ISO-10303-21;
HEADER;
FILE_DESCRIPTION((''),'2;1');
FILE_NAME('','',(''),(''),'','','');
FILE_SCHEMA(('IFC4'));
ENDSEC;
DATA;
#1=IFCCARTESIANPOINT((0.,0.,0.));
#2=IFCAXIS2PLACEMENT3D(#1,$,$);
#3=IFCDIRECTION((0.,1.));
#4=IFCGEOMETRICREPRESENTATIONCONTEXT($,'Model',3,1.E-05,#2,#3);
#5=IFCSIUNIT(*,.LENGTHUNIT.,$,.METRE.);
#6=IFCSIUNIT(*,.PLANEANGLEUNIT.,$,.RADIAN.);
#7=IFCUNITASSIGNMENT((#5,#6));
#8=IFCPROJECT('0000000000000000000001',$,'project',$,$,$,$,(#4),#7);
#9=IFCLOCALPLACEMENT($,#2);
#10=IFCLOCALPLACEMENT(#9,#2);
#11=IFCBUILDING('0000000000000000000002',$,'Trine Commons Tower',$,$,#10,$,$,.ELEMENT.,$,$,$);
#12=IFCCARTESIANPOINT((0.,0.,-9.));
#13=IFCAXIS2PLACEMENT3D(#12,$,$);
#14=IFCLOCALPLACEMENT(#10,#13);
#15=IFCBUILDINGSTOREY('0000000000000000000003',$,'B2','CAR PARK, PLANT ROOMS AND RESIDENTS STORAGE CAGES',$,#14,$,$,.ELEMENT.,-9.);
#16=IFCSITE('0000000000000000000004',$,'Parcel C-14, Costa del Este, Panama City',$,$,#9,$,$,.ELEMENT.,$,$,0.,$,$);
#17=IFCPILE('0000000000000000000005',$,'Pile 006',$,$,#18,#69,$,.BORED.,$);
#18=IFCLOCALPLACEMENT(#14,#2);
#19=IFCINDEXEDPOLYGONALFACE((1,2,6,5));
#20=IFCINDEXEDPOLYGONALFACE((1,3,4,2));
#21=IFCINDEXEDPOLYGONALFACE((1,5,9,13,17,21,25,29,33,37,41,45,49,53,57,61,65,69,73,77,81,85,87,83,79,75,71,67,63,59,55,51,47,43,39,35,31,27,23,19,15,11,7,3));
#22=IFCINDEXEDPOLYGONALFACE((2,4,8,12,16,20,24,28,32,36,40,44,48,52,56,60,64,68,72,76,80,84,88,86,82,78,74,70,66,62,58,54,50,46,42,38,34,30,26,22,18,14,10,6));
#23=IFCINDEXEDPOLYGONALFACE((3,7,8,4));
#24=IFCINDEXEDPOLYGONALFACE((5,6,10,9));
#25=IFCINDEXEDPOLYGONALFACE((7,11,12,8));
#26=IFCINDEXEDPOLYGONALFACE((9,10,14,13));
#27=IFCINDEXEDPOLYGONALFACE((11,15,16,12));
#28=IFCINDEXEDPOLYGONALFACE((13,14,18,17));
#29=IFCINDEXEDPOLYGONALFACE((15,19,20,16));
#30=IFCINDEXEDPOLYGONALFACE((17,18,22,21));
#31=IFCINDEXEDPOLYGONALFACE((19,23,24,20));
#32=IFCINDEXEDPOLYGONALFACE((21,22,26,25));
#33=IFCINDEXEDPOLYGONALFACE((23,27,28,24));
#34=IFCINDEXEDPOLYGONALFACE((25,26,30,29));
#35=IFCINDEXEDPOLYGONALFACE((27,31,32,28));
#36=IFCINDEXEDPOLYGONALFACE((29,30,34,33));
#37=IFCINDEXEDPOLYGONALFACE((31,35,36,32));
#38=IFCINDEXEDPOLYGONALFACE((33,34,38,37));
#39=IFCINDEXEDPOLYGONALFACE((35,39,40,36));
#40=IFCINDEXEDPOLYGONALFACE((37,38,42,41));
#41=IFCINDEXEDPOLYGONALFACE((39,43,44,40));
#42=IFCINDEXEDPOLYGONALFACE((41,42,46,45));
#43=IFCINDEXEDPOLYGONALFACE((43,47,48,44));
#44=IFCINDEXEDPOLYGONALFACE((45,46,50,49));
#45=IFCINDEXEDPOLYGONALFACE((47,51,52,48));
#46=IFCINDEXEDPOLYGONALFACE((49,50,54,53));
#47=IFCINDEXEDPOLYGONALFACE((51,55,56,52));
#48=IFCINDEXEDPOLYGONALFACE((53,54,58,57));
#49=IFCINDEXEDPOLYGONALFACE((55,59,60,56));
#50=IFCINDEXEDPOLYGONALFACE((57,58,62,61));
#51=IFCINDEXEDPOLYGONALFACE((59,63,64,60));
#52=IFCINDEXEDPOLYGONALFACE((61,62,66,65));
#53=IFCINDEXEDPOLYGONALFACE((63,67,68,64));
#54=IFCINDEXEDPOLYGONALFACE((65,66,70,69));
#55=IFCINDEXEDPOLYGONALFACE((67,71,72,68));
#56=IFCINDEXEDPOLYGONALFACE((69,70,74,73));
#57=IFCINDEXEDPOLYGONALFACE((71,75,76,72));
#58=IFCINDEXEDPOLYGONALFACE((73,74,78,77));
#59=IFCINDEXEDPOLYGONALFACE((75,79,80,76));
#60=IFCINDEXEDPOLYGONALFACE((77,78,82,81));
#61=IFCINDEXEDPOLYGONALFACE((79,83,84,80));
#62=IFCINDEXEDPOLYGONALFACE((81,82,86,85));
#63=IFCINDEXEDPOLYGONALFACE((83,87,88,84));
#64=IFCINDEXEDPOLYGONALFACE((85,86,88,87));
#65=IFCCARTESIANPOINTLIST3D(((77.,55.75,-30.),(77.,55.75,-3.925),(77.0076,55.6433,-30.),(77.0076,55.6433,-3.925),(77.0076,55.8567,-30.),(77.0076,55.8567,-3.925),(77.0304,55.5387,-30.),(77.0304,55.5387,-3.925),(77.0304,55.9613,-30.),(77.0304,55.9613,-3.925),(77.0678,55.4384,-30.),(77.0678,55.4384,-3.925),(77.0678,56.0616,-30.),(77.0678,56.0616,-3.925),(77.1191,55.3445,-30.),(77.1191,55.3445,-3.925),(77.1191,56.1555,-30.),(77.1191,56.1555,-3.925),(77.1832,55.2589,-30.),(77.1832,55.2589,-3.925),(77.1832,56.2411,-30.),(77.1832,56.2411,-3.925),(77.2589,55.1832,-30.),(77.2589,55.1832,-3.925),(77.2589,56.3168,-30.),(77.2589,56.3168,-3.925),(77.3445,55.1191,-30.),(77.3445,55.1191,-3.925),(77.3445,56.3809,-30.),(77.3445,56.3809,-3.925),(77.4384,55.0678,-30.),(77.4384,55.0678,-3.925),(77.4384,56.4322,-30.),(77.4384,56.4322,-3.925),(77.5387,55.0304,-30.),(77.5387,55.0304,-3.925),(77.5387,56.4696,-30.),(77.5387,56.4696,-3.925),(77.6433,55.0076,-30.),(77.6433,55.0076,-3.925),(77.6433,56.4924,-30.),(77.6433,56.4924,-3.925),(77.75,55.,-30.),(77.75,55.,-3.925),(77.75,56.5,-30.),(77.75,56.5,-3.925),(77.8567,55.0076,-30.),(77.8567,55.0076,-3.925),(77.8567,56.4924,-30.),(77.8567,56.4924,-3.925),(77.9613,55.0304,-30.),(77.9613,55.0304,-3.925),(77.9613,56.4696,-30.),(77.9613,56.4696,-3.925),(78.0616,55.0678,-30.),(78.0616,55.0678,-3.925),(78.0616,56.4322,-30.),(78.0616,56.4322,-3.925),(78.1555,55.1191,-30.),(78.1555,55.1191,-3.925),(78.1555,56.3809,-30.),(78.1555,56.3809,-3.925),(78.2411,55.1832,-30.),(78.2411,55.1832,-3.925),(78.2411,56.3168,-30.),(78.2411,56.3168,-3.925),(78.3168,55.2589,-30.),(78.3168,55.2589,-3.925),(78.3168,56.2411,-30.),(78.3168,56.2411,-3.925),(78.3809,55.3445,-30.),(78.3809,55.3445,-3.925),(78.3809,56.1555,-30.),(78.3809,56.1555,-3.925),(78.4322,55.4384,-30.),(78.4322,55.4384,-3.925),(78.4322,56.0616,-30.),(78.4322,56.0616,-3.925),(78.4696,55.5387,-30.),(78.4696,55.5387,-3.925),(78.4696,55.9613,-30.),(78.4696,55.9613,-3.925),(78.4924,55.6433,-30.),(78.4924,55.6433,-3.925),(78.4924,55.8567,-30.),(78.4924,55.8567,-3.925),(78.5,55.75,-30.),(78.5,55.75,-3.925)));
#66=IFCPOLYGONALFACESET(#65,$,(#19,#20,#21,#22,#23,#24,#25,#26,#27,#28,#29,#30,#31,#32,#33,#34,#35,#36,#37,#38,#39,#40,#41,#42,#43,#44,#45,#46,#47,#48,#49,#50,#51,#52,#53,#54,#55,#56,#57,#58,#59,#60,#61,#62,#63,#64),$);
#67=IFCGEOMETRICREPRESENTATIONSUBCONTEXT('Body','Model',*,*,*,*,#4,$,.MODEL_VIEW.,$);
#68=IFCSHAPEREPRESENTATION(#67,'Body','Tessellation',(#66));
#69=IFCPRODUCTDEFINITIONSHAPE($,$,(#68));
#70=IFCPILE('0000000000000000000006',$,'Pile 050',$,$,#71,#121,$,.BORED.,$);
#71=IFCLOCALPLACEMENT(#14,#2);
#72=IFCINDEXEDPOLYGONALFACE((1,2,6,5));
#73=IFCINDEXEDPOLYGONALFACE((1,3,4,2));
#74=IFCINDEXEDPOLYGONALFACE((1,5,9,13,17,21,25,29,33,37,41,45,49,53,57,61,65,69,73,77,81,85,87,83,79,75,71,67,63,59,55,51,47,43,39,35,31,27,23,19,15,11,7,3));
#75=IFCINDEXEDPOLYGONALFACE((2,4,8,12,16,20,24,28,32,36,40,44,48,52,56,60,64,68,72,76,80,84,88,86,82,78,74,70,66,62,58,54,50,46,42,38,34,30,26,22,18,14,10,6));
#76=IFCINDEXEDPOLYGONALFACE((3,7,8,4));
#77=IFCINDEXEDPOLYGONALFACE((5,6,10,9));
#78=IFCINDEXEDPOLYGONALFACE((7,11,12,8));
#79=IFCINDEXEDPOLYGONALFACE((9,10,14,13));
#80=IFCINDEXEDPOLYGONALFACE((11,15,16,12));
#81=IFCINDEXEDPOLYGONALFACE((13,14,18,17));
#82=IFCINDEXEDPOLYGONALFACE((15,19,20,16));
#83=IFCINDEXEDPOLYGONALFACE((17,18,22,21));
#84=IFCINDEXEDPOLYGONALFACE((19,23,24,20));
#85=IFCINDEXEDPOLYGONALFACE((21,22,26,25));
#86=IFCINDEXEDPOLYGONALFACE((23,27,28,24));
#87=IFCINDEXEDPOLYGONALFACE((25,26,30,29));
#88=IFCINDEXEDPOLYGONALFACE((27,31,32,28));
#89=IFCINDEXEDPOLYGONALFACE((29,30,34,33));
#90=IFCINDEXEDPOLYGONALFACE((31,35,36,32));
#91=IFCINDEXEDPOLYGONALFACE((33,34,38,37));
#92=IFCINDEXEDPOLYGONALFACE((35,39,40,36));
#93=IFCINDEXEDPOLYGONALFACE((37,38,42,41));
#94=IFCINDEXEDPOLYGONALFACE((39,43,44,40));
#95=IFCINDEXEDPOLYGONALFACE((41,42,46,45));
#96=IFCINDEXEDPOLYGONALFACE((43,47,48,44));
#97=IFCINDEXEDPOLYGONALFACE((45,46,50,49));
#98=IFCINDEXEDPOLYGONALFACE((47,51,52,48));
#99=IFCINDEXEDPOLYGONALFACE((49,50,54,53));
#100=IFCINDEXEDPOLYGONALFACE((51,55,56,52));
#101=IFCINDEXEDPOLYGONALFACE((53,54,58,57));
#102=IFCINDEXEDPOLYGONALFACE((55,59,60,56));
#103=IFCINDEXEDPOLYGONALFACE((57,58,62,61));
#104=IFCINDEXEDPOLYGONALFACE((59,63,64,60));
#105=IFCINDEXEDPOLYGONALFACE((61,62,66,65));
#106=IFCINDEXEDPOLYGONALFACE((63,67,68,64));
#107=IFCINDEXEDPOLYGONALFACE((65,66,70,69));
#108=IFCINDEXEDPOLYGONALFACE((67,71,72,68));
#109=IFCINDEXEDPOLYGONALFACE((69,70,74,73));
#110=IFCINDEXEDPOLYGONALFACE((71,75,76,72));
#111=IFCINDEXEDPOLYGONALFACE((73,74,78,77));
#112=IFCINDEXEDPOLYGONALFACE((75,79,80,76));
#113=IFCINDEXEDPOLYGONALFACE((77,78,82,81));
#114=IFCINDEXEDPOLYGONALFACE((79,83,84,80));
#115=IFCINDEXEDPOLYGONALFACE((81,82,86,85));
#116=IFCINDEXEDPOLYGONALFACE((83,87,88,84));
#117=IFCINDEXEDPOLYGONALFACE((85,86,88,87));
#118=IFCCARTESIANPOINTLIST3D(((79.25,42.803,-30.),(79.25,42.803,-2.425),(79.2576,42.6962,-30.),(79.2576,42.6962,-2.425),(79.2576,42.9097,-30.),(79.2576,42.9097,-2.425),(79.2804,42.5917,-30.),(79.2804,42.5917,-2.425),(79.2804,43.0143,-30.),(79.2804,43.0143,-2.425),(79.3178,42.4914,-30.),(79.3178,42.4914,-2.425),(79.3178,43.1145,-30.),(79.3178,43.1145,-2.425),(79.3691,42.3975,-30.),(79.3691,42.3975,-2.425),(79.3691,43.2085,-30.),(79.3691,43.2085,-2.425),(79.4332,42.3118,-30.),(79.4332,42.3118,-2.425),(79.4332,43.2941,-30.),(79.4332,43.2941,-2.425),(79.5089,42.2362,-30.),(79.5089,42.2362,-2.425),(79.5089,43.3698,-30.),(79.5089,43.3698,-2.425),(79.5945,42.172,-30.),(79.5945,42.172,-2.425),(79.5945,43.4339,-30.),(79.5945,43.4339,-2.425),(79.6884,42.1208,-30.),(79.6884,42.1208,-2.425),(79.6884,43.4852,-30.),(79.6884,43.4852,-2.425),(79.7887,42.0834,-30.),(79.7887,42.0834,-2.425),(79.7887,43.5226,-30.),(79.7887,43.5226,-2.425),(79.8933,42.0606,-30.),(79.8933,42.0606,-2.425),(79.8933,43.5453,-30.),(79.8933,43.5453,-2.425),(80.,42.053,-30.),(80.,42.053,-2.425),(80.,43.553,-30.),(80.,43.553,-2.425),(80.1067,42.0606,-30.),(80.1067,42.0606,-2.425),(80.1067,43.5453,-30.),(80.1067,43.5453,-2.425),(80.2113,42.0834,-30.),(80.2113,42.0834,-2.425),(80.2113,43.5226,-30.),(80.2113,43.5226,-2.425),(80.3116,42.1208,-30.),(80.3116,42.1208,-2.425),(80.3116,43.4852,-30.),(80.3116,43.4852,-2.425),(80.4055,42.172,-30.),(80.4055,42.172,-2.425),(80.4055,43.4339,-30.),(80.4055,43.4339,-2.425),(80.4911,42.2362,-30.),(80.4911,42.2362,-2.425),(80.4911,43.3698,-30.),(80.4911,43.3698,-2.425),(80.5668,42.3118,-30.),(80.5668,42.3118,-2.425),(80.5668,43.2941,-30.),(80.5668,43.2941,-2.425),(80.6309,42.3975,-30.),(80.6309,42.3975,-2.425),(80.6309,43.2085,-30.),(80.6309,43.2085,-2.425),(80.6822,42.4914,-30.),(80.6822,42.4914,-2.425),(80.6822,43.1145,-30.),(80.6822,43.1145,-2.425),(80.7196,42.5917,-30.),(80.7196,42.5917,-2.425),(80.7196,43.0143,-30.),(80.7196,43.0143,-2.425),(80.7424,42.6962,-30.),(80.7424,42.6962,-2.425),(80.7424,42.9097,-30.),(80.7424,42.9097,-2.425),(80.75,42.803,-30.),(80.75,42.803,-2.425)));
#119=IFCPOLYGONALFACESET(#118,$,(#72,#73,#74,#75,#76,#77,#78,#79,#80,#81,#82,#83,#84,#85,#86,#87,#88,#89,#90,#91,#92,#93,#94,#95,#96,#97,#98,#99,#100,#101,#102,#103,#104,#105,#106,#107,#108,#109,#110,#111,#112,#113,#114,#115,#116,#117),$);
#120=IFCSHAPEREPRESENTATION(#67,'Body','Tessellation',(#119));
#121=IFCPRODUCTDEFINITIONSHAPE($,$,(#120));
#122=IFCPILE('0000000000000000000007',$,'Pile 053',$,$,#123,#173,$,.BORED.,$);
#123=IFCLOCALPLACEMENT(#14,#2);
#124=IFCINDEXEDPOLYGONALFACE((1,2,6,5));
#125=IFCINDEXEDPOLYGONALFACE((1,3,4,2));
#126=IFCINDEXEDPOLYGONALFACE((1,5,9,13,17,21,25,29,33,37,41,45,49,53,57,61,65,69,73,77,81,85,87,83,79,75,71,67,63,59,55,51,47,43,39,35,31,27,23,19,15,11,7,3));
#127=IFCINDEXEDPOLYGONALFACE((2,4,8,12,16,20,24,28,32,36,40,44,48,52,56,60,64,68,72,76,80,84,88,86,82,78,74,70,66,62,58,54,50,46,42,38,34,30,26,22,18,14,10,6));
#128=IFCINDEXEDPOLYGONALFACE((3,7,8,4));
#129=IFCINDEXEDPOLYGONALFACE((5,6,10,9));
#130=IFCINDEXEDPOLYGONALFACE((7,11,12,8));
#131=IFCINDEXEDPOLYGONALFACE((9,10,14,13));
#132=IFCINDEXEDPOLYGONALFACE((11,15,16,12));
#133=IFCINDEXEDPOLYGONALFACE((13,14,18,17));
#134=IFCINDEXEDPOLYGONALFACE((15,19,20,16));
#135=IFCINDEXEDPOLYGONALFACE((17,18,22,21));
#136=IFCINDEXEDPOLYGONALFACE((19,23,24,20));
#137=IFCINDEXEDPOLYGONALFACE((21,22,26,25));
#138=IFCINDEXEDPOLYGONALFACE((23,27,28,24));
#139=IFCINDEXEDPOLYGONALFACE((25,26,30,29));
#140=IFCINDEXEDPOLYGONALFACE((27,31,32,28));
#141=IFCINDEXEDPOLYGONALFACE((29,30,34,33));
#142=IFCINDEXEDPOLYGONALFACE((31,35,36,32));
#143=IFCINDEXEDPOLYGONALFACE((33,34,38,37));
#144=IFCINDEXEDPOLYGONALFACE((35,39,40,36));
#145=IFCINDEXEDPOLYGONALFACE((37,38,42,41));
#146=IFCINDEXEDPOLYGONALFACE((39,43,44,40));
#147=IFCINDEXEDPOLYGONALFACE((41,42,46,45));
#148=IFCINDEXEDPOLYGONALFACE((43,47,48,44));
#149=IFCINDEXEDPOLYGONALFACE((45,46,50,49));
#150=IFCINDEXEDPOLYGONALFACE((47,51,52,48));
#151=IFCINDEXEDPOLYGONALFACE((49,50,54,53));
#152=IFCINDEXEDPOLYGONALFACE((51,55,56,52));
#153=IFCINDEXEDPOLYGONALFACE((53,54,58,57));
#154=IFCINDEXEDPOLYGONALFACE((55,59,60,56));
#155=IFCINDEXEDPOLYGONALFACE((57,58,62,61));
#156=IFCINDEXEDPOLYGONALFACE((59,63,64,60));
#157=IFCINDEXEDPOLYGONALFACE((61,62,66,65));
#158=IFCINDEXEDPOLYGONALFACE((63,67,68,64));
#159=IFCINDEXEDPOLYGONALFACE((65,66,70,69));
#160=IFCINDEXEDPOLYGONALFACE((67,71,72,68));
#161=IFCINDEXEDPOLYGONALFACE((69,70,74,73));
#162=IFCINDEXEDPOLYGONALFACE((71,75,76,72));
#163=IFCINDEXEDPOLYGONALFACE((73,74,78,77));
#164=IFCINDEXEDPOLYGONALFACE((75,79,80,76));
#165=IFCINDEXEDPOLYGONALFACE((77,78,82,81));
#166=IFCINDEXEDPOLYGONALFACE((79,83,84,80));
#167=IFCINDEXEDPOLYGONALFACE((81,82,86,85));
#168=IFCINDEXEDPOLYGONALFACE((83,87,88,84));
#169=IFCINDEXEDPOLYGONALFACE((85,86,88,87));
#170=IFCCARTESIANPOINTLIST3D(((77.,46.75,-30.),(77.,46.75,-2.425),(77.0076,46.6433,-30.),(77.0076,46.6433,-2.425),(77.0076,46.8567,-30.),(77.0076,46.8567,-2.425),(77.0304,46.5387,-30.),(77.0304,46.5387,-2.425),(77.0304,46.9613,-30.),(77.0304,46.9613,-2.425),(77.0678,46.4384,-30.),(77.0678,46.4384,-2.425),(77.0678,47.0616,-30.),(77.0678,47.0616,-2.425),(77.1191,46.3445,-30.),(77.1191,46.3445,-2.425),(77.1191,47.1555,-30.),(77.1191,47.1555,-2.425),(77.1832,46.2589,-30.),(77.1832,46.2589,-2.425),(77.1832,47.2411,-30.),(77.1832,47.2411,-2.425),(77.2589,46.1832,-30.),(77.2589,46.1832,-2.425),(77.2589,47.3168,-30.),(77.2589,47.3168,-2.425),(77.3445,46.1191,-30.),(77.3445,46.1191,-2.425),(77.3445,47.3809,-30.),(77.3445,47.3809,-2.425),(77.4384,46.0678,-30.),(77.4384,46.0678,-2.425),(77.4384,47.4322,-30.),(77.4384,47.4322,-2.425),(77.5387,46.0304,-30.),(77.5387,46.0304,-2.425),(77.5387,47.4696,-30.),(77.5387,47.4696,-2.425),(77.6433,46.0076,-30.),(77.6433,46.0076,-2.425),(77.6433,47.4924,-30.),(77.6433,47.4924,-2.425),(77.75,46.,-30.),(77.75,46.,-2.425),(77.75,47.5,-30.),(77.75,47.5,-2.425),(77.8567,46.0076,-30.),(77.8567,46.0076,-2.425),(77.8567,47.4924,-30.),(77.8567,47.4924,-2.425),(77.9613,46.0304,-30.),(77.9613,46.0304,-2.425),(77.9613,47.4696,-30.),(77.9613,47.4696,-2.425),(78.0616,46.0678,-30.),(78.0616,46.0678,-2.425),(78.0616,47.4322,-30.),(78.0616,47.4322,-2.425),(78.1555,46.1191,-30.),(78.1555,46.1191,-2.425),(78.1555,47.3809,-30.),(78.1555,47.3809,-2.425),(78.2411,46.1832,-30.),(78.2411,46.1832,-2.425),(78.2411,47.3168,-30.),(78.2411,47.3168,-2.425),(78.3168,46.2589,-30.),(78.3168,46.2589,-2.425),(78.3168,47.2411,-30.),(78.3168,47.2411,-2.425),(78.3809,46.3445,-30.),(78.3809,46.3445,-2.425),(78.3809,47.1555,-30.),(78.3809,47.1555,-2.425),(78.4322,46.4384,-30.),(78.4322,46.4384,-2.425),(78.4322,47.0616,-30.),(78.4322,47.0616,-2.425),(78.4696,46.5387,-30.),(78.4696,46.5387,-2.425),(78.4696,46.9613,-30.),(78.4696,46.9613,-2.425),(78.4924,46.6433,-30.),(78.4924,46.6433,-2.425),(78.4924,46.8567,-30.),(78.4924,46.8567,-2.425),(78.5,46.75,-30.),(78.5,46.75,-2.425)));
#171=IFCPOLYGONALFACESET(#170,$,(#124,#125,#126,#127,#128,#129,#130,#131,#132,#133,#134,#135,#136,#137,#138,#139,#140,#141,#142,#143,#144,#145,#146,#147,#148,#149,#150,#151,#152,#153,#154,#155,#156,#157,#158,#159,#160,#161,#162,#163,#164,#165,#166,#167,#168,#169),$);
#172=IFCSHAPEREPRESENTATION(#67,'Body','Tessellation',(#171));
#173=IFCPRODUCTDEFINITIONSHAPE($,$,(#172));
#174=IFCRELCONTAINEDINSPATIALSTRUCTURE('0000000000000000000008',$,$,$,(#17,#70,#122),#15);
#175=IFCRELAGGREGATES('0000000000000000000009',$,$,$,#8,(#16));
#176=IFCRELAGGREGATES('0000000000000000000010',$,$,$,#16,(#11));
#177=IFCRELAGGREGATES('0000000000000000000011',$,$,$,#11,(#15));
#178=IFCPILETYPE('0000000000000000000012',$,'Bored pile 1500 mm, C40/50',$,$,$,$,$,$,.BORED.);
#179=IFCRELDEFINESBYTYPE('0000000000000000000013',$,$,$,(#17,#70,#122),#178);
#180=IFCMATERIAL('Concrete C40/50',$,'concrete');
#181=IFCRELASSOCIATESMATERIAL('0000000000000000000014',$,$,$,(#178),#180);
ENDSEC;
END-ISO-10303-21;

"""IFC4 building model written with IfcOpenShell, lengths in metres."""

from ifc_helpers import new_model, si_unit, direction, frame, origin, origin_2d, place, context, subcontext, project, spatial, circle, extrude, material, type_object, element, save


model = new_model("IFC4")

# Units and contexts
model_context = context("Model", 3, precision=1e-05, world=origin(), true_north=direction((0.0, 1.0)))
body_context = subcontext(model_context, "Body", "Model", "MODEL_VIEW")
ifc_project = project(units=[si_unit("LENGTHUNIT", "METRE"), si_unit("PLANEANGLEUNIT", "RADIAN")], contexts=[model_context])

# Site, building, storey
site_placement = place(None, origin())
site = spatial("IfcSite", under=ifc_project, at=site_placement, Name="Parcel C-14, Costa del Este, Panama City", CompositionType="ELEMENT", RefElevation=0.0)
building_placement = place(site_placement, origin())
building = spatial("IfcBuilding", under=site, at=building_placement, Name="Trine Commons Tower", CompositionType="ELEMENT")
storey_placement = place(building_placement, frame((0.0, 0.0, -9.0)))
storey = spatial("IfcBuildingStorey", under=building, at=storey_placement, Name="B2", Description="CAR PARK, PLANT ROOMS AND RESIDENTS STORAGE CAGES", CompositionType="ELEMENT", Elevation=-9.0)

# Piles
ifc_material_1 = material(Name="Concrete C40/50", Category="concrete")
pile_type = type_object("IfcPileType", Name="Bored pile 1500 mm, C40/50", PredefinedType="BORED", material=ifc_material_1)
for number, where, z_axis, x_axis, name in (
    (1, (77.75, 55.75, -3.925), (0.0, 0.0, -1.0), (1.0, 0.0, 0.0), "Pile 006"),
):
    element("IfcPile", number, at=place(storey_placement, frame(where, z_axis=z_axis, x_axis=x_axis)), inside=storey, type_object=pile_type, Name=name, PredefinedType="BORED", context=body_context, shape_type="SweptSolid", body=[
        extrude(circle(Radius=0.75, at=origin_2d()), origin(), (0.0, 0.0, 1.0), 26.075),
    ])
for number, where, z_axis, x_axis, name in (
    (2, (80.0, 42.803, -2.425), (0.0, 0.0, -1.0), (1.0, 0.0, 0.0), "Pile 050"),
    (3, (77.75, 46.75, -2.425), (0.0, 0.0, -1.0), (1.0, 0.0, 0.0), "Pile 053"),
):
    element("IfcPile", number, at=place(storey_placement, frame(where, z_axis=z_axis, x_axis=x_axis)), inside=storey, type_object=pile_type, Name=name, PredefinedType="BORED", context=body_context, shape_type="SweptSolid", body=[
        extrude(circle(Radius=0.75, at=origin_2d()), origin(), (0.0, 0.0, 1.0), 27.575),
    ])

save(model, "model.ifc")
